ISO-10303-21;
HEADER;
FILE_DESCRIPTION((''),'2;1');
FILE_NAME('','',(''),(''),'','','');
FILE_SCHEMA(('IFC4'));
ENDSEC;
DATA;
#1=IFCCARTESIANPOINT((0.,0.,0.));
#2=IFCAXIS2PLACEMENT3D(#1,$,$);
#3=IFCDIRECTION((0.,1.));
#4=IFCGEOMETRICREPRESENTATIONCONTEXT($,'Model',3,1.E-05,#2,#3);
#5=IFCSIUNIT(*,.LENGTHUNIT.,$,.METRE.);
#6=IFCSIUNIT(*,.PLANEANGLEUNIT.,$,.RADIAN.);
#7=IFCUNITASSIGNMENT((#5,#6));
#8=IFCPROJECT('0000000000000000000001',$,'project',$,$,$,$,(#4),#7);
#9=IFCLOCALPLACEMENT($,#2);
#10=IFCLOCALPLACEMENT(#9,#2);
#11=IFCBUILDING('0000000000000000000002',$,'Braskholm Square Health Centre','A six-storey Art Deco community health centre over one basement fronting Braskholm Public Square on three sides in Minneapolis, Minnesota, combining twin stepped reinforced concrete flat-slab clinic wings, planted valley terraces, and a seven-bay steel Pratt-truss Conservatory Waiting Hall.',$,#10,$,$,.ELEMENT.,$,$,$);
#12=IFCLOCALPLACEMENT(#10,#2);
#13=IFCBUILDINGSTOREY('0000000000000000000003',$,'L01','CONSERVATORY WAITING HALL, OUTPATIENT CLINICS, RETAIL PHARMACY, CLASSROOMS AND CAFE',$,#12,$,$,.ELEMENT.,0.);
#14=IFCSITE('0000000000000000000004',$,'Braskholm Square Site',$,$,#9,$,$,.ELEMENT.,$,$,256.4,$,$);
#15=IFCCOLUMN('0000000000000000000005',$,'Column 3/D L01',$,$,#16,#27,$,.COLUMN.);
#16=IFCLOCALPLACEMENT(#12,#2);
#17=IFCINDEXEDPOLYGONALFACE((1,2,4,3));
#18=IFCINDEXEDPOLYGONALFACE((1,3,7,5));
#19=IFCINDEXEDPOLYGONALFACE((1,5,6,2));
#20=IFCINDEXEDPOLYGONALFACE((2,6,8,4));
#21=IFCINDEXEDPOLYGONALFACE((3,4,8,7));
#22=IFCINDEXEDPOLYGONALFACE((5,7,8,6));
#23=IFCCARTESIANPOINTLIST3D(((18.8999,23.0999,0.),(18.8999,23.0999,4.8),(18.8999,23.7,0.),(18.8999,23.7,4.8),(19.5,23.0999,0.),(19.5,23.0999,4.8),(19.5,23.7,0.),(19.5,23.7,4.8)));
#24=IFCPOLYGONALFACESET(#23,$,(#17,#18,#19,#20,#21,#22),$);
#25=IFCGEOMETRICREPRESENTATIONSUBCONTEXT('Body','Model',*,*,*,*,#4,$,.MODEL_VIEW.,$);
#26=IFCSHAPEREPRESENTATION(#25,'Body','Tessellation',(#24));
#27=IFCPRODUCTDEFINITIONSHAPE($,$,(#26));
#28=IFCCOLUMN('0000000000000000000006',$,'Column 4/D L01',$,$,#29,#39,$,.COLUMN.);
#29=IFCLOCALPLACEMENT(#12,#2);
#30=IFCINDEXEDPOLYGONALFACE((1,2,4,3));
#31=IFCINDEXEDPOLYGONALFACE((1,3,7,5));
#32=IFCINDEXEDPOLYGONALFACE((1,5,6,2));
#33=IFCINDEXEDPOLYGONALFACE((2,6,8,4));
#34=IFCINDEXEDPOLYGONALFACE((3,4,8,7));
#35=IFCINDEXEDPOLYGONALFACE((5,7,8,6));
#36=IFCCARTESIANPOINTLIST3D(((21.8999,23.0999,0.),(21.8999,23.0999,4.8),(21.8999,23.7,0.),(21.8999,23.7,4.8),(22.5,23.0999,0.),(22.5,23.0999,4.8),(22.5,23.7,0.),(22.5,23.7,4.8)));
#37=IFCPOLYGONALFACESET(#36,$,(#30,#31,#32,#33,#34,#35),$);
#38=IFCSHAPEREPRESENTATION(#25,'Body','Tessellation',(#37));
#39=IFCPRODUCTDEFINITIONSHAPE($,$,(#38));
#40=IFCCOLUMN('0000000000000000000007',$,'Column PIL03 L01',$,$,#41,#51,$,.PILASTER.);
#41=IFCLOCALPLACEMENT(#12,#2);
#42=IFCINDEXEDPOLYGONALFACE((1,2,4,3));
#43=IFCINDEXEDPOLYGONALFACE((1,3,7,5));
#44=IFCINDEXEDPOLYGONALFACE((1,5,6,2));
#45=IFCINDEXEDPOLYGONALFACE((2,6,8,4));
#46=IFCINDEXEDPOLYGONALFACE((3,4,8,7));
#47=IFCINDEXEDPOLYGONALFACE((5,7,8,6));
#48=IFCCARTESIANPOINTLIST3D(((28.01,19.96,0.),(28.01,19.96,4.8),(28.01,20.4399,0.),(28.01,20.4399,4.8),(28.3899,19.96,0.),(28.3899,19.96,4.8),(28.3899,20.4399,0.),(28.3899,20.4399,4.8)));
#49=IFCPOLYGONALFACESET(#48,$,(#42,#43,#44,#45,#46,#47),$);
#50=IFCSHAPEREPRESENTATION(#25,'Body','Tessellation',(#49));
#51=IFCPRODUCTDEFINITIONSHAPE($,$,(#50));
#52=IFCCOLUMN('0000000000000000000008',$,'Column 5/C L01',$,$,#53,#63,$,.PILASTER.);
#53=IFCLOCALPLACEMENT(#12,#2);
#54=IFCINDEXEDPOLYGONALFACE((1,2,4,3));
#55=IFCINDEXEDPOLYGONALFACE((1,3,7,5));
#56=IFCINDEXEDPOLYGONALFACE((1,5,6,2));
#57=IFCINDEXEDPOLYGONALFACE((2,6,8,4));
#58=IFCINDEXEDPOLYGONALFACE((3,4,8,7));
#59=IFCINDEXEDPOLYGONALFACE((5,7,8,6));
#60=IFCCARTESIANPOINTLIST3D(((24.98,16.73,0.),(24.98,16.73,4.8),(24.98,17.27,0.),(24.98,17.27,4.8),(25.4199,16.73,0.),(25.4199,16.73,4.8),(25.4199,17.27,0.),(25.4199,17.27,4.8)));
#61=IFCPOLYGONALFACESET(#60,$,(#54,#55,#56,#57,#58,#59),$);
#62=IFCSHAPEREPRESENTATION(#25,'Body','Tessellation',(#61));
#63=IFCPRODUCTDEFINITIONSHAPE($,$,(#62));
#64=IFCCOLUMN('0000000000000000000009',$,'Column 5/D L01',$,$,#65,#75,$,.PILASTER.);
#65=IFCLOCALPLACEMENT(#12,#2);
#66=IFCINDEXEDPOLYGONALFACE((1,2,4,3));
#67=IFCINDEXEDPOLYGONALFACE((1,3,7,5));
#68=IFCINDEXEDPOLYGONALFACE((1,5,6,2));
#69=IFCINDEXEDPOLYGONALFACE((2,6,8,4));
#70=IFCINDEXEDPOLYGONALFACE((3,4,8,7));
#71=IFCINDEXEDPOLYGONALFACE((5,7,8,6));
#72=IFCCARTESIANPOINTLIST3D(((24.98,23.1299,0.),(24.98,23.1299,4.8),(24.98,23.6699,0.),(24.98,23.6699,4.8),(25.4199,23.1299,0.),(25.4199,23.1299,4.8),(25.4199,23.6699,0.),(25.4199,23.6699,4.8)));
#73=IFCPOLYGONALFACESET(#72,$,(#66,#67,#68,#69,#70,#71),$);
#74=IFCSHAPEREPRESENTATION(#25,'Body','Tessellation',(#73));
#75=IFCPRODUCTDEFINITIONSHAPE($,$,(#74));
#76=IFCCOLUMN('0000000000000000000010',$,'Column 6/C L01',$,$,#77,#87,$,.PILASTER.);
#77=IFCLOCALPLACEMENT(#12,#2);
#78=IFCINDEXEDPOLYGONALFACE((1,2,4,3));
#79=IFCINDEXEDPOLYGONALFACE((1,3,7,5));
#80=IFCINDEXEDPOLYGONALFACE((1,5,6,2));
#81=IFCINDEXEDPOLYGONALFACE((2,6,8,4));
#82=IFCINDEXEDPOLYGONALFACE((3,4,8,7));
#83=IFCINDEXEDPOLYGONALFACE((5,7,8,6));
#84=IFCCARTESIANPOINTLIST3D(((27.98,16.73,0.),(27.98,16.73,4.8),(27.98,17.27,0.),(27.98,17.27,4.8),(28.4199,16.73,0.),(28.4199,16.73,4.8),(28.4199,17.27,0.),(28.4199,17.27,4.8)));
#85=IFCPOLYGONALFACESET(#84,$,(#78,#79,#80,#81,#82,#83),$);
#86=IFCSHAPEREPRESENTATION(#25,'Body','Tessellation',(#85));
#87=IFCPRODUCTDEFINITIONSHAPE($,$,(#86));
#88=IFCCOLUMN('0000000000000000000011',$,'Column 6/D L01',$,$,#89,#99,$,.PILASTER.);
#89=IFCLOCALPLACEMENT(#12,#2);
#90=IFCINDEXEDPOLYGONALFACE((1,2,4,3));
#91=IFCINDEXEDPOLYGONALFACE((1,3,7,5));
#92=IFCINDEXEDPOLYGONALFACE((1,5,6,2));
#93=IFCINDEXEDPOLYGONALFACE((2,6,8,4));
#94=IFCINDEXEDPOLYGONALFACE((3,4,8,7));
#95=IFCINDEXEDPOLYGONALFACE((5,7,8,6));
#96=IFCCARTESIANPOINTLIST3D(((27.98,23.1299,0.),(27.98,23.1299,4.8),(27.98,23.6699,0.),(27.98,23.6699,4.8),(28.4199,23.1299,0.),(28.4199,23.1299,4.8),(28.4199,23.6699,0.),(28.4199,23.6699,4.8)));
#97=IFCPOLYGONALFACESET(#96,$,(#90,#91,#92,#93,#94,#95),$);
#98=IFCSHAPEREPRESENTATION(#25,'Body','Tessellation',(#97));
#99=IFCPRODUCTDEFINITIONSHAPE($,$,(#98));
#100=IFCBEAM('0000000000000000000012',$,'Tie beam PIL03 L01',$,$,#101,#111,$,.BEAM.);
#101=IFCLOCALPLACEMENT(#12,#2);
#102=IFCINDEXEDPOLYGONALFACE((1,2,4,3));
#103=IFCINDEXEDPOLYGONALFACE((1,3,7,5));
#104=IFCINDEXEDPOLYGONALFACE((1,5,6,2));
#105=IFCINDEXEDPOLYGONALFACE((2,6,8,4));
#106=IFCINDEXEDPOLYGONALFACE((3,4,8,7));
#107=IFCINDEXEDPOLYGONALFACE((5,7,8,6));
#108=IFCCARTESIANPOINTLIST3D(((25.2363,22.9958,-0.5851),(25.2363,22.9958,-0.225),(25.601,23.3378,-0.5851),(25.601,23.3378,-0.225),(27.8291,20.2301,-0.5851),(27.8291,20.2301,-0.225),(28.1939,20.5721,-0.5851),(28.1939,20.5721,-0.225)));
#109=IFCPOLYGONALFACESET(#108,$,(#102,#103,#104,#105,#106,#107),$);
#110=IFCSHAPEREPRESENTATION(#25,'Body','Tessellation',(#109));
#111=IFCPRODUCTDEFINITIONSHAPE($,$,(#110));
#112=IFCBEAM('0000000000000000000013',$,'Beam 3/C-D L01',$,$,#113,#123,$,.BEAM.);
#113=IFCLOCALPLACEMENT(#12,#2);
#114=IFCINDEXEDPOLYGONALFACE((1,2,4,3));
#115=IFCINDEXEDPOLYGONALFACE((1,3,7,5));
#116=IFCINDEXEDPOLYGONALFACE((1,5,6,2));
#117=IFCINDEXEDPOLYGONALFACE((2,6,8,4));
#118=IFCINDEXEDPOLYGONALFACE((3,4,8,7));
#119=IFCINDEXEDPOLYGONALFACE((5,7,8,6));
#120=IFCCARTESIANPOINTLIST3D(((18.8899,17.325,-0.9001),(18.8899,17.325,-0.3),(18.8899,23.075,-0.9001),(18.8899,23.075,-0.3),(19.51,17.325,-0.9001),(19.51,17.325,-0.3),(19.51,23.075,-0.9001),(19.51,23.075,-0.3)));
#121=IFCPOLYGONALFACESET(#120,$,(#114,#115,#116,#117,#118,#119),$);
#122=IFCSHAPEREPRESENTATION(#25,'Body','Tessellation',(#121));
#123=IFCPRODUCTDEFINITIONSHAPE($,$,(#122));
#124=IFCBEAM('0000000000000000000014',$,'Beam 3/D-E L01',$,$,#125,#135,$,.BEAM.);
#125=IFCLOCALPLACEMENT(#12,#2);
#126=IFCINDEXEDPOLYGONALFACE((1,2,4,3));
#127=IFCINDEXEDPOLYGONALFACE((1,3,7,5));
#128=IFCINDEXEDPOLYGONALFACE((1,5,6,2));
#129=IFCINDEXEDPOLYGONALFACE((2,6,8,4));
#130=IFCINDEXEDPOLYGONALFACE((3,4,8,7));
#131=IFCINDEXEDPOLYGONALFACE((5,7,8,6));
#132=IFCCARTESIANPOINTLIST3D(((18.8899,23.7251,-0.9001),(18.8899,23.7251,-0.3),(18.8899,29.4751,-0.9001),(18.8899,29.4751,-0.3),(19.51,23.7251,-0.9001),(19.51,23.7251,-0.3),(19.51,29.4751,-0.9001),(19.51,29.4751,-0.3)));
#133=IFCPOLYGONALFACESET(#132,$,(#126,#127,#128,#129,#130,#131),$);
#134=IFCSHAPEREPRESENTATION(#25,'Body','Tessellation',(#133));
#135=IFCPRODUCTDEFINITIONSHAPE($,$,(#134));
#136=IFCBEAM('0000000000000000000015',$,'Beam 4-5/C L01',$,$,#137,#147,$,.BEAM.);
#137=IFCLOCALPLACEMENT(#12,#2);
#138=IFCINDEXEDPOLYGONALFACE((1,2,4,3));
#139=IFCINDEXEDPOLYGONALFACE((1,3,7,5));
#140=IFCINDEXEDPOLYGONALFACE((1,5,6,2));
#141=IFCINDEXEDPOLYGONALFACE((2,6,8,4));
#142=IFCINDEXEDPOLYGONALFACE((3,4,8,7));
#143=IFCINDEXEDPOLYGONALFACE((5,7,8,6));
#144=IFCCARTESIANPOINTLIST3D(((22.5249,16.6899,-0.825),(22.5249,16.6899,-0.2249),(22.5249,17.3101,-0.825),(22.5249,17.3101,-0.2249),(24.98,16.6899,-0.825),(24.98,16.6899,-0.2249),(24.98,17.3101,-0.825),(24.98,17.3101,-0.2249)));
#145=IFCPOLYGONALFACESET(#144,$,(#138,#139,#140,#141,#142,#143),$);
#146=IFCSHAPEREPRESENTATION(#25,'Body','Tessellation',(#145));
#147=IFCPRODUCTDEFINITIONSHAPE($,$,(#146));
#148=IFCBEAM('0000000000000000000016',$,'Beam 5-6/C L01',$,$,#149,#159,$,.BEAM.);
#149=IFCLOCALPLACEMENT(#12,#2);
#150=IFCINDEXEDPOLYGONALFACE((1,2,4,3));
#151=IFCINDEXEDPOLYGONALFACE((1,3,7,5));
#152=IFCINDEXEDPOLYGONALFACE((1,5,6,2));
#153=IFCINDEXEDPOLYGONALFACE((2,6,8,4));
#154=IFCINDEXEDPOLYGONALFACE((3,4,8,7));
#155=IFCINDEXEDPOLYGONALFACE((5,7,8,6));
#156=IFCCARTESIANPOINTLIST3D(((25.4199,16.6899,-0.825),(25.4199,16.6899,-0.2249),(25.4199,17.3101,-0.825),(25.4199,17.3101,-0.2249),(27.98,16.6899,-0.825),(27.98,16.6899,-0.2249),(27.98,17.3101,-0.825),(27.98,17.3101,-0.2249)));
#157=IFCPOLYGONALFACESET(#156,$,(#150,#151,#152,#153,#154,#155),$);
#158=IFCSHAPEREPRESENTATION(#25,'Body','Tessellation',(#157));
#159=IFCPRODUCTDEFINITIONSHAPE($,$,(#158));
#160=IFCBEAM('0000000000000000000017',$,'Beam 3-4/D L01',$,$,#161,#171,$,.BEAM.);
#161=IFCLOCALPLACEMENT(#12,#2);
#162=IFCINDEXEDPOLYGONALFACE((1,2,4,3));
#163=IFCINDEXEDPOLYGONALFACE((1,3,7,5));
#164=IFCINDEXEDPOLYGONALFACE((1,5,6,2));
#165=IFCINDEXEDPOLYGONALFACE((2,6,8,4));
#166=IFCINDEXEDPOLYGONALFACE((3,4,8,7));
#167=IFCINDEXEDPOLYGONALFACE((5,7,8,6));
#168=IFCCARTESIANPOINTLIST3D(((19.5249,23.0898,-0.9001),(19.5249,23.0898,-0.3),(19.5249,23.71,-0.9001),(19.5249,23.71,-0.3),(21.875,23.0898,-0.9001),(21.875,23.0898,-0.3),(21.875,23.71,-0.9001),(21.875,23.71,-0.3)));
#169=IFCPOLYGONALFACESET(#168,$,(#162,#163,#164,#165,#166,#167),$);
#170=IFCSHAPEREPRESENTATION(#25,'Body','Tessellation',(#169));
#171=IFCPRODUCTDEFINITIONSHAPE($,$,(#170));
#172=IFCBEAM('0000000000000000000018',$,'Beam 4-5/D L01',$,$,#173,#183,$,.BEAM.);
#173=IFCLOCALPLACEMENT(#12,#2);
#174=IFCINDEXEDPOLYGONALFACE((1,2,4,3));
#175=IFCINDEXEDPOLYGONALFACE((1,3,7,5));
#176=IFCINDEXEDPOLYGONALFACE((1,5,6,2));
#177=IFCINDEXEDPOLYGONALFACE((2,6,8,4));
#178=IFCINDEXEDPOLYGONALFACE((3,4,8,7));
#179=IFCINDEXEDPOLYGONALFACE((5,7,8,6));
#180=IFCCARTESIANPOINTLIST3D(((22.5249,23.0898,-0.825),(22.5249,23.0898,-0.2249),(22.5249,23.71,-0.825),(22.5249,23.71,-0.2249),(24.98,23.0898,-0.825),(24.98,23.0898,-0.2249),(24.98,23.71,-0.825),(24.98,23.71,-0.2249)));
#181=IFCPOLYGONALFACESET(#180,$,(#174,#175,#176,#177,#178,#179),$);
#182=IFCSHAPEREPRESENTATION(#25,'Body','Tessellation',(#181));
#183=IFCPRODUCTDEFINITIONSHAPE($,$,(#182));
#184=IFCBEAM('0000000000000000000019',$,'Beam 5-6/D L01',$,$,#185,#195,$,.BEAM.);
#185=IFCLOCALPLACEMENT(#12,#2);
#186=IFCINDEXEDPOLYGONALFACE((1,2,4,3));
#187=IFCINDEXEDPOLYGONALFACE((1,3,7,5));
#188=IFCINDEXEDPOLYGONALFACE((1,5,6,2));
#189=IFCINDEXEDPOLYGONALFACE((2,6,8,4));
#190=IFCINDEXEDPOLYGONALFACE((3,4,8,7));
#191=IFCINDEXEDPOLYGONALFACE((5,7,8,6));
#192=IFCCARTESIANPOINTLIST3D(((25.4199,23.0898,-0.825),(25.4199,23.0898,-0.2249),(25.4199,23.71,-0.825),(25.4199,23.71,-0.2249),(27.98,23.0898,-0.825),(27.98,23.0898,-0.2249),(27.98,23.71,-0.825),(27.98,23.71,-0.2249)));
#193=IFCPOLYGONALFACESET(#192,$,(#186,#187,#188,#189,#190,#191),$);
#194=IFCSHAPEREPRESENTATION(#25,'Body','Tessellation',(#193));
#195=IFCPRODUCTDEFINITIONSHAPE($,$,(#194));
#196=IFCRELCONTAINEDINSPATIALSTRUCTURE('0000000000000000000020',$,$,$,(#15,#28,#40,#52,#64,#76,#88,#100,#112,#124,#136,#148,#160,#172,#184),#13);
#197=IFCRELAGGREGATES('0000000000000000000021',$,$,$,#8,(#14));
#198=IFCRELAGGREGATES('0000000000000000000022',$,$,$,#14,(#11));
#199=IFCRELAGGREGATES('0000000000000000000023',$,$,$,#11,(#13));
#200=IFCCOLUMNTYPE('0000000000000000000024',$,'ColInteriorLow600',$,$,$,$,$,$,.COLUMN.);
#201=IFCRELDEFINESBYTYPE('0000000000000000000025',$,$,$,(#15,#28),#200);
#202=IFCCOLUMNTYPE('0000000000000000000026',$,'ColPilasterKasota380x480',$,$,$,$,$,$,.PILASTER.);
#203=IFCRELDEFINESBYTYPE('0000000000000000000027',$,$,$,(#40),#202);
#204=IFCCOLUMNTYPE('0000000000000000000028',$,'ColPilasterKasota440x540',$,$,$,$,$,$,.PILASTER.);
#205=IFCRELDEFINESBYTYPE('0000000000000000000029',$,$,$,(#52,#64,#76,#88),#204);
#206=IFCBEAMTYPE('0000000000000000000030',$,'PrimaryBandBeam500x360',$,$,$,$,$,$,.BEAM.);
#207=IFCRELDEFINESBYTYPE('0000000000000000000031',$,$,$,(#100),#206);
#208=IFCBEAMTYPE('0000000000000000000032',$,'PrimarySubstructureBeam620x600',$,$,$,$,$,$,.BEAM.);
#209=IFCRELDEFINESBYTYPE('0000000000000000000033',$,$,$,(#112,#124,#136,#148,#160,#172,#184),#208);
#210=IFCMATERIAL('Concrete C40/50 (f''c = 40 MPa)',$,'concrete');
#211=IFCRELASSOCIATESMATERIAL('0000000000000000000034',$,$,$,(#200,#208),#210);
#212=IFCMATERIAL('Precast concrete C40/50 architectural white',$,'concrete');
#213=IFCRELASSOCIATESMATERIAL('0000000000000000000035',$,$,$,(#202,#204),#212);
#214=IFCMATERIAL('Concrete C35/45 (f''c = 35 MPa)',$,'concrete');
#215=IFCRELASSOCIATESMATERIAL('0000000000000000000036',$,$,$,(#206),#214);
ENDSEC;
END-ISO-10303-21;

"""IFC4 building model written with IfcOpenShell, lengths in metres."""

from ifc_helpers import new_model, si_unit, direction, frame, origin, origin_2d, place, context, subcontext, project, spatial, rectangle, extrude, material, material_profile, profile_set, type_object, element, save


model = new_model("IFC4")

# Units and contexts
model_context = context("Model", 3, precision=1e-05, world=origin(), true_north=direction((0.0, 1.0)))
body_context = subcontext(model_context, "Body", "Model", "MODEL_VIEW")
ifc_project = project(units=[si_unit("LENGTHUNIT", "METRE"), si_unit("PLANEANGLEUNIT", "RADIAN")], contexts=[model_context])

# Site, building, storey
site_placement = place(None, origin())
site = spatial("IfcSite", under=ifc_project, at=site_placement, Name="Braskholm Square Site", CompositionType="ELEMENT", RefElevation=256.4)
building_placement = place(site_placement, origin())
building = spatial("IfcBuilding", under=site, at=building_placement, Name="Braskholm Square Health Centre", Description="A six-storey Art Deco community health centre over one basement fronting Braskholm Public Square on three sides in Minneapolis, Minnesota, combining twin stepped reinforced concrete flat-slab clinic wings, planted valley terraces, and a seven-bay steel Pratt-truss Conservatory Waiting Hall.", CompositionType="ELEMENT")
storey_placement = place(building_placement, origin())
storey = spatial("IfcBuildingStorey", under=building, at=storey_placement, Name="L01", Description="CONSERVATORY WAITING HALL, OUTPATIENT CLINICS, RETAIL PHARMACY, CLASSROOMS AND CAFE", CompositionType="ELEMENT", Elevation=0.0)

# Columns
ifc_material_1 = material(Name="Concrete C40/50 (f'c = 40 MPa)", Category="concrete")
ifc_material_profile_1 = material_profile(ifc_material_1, rectangle(XDim=0.6001, YDim=0.6001, at=origin_2d()), Name="RC-600X600")
ifc_profile_set_1 = profile_set([ifc_material_profile_1], Name="Concrete C40/50 (f'c = 40 MPa)")
column_type_1 = type_object("IfcColumnType", Name="ColInteriorLow600", PredefinedType="COLUMN", material=ifc_profile_set_1)
for number, where, z_axis, x_axis, name in (
    (1, (19.2, 23.3999, 0.0), (0.0, 0.0, 1.0), (1.0, 0.0, 0.0), "Column 3/D L01"),
    (2, (22.2, 23.3999, 0.0), (0.0, 0.0, 1.0), (1.0, 0.0, 0.0), "Column 4/D L01"),
):
    element("IfcColumn", number, at=place(storey_placement, frame(where, z_axis=z_axis, x_axis=x_axis)), inside=storey, type_object=column_type_1, Name=name, PredefinedType="COLUMN", context=body_context, shape_type="SweptSolid", body=[
        extrude(rectangle(XDim=0.6001, YDim=0.6001, at=origin_2d()), origin(), (0.0, 0.0, 1.0), 4.8),
    ])
ifc_material_2 = material(Name="Precast concrete C40/50 architectural white", Category="concrete")
ifc_material_profile_2 = material_profile(ifc_material_2, rectangle(XDim=0.3799, YDim=0.48, at=origin_2d()), Name="RC-380X480")
ifc_profile_set_2 = profile_set([ifc_material_profile_2], Name="Precast concrete C40/50 architectural white")
column_type_2 = type_object("IfcColumnType", Name="ColPilasterKasota380x480", PredefinedType="PILASTER", material=ifc_profile_set_2)
column_placement = place(storey_placement, frame((28.2, 20.2, 0.0), z_axis=(0.0, 0.0, 1.0), x_axis=(1.0, 0.0, 0.0)))
element("IfcColumn", 3, at=column_placement, inside=storey, type_object=column_type_2, Name="Column PIL03 L01", PredefinedType="PILASTER", context=body_context, shape_type="SweptSolid", body=[
    extrude(rectangle(XDim=0.3799, YDim=0.48, at=origin_2d()), origin(), (0.0, 0.0, 1.0), 4.8),
])
ifc_material_profile_3 = material_profile(ifc_material_2, rectangle(XDim=0.4399, YDim=0.54, at=origin_2d()), Name="RC-440X540")
ifc_profile_set_3 = profile_set([ifc_material_profile_3], Name="Precast concrete C40/50 architectural white")
column_type_3 = type_object("IfcColumnType", Name="ColPilasterKasota440x540", PredefinedType="PILASTER", material=ifc_profile_set_3)
for number, where, z_axis, x_axis, name in (
    (4, (25.2, 17.0, 0.0), (0.0, 0.0, 1.0), (1.0, 0.0, 0.0), "Column 5/C L01"),
    (5, (25.2, 23.3999, 0.0), (0.0, 0.0, 1.0), (1.0, 0.0, 0.0), "Column 5/D L01"),
    (6, (28.2, 17.0, 0.0), (0.0, 0.0, 1.0), (1.0, 0.0, 0.0), "Column 6/C L01"),
    (7, (28.2, 23.3999, 0.0), (0.0, 0.0, 1.0), (1.0, 0.0, 0.0), "Column 6/D L01"),
):
    element("IfcColumn", number, at=place(storey_placement, frame(where, z_axis=z_axis, x_axis=x_axis)), inside=storey, type_object=column_type_3, Name=name, PredefinedType="PILASTER", context=body_context, shape_type="SweptSolid", body=[
        extrude(rectangle(XDim=0.4399, YDim=0.54, at=origin_2d()), origin(), (0.0, 0.0, 1.0), 4.8),
    ])

# Beams
ifc_material_3 = material(Name="Concrete C35/45 (f'c = 35 MPa)", Category="concrete")
ifc_material_profile_4 = material_profile(ifc_material_3, rectangle(XDim=0.5, YDim=0.3601, at=origin_2d()), Name="RCB-500X360")
ifc_profile_set_4 = profile_set([ifc_material_profile_4], Name="Concrete C35/45 (f'c = 35 MPa)")
beam_type_1 = type_object("IfcBeamType", Name="PrimaryBandBeam500x360", PredefinedType="BEAM", material=ifc_profile_set_4)
beam_1_placement = place(storey_placement, frame((28.0115, 20.4011, -0.405), z_axis=(-0.683941, 0.729537, 0.0), x_axis=(-0.729537, -0.683941, 0.0)))
element("IfcBeam", 8, at=beam_1_placement, inside=storey, type_object=beam_type_1, Name="Tie beam PIL03 L01", PredefinedType="BEAM", context=body_context, shape_type="SweptSolid", body=[
    extrude(rectangle(XDim=0.5, YDim=0.3601, at=origin_2d()), origin(), (0.0, 0.0, 1.0), 3.791),
])
ifc_material_profile_5 = material_profile(ifc_material_1, rectangle(XDim=0.6201, YDim=0.6001, at=origin_2d()), Name="RCB-620X600")
ifc_profile_set_5 = profile_set([ifc_material_profile_5], Name="Concrete C40/50 (f'c = 40 MPa)")
beam_type_2 = type_object("IfcBeamType", Name="PrimarySubstructureBeam620x600", PredefinedType="BEAM", material=ifc_profile_set_5)
for number, where, z_axis, x_axis, name in (
    (9, (19.2, 17.325, -0.6001), (0.0, 1.0, 0.0), (-1.0, 0.0, 0.0), "Beam 3/C-D L01"),
    (10, (19.2, 23.7251, -0.6001), (0.0, 1.0, 0.0), (-1.0, 0.0, 0.0), "Beam 3/D-E L01"),
):
    element("IfcBeam", number, at=place(storey_placement, frame(where, z_axis=z_axis, x_axis=x_axis)), inside=storey, type_object=beam_type_2, Name=name, PredefinedType="BEAM", context=body_context, shape_type="SweptSolid", body=[
        extrude(rectangle(XDim=0.6201, YDim=0.6001, at=origin_2d()), origin(), (0.0, 0.0, 1.0), 5.75),
    ])
beam_2_placement = place(storey_placement, frame((22.5249, 17.0, -0.5249), z_axis=(1.0, 0.0, 0.0), x_axis=(0.0, 1.0, 0.0)))
element("IfcBeam", 11, at=beam_2_placement, inside=storey, type_object=beam_type_2, Name="Beam 4-5/C L01", PredefinedType="BEAM", context=body_context, shape_type="SweptSolid", body=[
    extrude(rectangle(XDim=0.6201, YDim=0.6001, at=origin_2d()), origin(), (0.0, 0.0, 1.0), 2.4551),
])
beam_3_placement = place(storey_placement, frame((25.4199, 17.0, -0.5249), z_axis=(1.0, 0.0, 0.0), x_axis=(0.0, 1.0, 0.0)))
element("IfcBeam", 12, at=beam_3_placement, inside=storey, type_object=beam_type_2, Name="Beam 5-6/C L01", PredefinedType="BEAM", context=body_context, shape_type="SweptSolid", body=[
    extrude(rectangle(XDim=0.6201, YDim=0.6001, at=origin_2d()), origin(), (0.0, 0.0, 1.0), 2.5601),
])
beam_4_placement = place(storey_placement, frame((19.5249, 23.3999, -0.6001), z_axis=(1.0, 0.0, 0.0), x_axis=(0.0, 1.0, 0.0)))
element("IfcBeam", 13, at=beam_4_placement, inside=storey, type_object=beam_type_2, Name="Beam 3-4/D L01", PredefinedType="BEAM", context=body_context, shape_type="SweptSolid", body=[
    extrude(rectangle(XDim=0.6201, YDim=0.6001, at=origin_2d()), origin(), (0.0, 0.0, 1.0), 2.3501),
])
beam_5_placement = place(storey_placement, frame((22.5249, 23.3999, -0.5249), z_axis=(1.0, 0.0, 0.0), x_axis=(0.0, 1.0, 0.0)))
element("IfcBeam", 14, at=beam_5_placement, inside=storey, type_object=beam_type_2, Name="Beam 4-5/D L01", PredefinedType="BEAM", context=body_context, shape_type="SweptSolid", body=[
    extrude(rectangle(XDim=0.6201, YDim=0.6001, at=origin_2d()), origin(), (0.0, 0.0, 1.0), 2.4551),
])
beam_6_placement = place(storey_placement, frame((25.4199, 23.3999, -0.5249), z_axis=(1.0, 0.0, 0.0), x_axis=(0.0, 1.0, 0.0)))
element("IfcBeam", 15, at=beam_6_placement, inside=storey, type_object=beam_type_2, Name="Beam 5-6/D L01", PredefinedType="BEAM", context=body_context, shape_type="SweptSolid", body=[
    extrude(rectangle(XDim=0.6201, YDim=0.6001, at=origin_2d()), origin(), (0.0, 0.0, 1.0), 2.5601),
])

save(model, "model.ifc")
